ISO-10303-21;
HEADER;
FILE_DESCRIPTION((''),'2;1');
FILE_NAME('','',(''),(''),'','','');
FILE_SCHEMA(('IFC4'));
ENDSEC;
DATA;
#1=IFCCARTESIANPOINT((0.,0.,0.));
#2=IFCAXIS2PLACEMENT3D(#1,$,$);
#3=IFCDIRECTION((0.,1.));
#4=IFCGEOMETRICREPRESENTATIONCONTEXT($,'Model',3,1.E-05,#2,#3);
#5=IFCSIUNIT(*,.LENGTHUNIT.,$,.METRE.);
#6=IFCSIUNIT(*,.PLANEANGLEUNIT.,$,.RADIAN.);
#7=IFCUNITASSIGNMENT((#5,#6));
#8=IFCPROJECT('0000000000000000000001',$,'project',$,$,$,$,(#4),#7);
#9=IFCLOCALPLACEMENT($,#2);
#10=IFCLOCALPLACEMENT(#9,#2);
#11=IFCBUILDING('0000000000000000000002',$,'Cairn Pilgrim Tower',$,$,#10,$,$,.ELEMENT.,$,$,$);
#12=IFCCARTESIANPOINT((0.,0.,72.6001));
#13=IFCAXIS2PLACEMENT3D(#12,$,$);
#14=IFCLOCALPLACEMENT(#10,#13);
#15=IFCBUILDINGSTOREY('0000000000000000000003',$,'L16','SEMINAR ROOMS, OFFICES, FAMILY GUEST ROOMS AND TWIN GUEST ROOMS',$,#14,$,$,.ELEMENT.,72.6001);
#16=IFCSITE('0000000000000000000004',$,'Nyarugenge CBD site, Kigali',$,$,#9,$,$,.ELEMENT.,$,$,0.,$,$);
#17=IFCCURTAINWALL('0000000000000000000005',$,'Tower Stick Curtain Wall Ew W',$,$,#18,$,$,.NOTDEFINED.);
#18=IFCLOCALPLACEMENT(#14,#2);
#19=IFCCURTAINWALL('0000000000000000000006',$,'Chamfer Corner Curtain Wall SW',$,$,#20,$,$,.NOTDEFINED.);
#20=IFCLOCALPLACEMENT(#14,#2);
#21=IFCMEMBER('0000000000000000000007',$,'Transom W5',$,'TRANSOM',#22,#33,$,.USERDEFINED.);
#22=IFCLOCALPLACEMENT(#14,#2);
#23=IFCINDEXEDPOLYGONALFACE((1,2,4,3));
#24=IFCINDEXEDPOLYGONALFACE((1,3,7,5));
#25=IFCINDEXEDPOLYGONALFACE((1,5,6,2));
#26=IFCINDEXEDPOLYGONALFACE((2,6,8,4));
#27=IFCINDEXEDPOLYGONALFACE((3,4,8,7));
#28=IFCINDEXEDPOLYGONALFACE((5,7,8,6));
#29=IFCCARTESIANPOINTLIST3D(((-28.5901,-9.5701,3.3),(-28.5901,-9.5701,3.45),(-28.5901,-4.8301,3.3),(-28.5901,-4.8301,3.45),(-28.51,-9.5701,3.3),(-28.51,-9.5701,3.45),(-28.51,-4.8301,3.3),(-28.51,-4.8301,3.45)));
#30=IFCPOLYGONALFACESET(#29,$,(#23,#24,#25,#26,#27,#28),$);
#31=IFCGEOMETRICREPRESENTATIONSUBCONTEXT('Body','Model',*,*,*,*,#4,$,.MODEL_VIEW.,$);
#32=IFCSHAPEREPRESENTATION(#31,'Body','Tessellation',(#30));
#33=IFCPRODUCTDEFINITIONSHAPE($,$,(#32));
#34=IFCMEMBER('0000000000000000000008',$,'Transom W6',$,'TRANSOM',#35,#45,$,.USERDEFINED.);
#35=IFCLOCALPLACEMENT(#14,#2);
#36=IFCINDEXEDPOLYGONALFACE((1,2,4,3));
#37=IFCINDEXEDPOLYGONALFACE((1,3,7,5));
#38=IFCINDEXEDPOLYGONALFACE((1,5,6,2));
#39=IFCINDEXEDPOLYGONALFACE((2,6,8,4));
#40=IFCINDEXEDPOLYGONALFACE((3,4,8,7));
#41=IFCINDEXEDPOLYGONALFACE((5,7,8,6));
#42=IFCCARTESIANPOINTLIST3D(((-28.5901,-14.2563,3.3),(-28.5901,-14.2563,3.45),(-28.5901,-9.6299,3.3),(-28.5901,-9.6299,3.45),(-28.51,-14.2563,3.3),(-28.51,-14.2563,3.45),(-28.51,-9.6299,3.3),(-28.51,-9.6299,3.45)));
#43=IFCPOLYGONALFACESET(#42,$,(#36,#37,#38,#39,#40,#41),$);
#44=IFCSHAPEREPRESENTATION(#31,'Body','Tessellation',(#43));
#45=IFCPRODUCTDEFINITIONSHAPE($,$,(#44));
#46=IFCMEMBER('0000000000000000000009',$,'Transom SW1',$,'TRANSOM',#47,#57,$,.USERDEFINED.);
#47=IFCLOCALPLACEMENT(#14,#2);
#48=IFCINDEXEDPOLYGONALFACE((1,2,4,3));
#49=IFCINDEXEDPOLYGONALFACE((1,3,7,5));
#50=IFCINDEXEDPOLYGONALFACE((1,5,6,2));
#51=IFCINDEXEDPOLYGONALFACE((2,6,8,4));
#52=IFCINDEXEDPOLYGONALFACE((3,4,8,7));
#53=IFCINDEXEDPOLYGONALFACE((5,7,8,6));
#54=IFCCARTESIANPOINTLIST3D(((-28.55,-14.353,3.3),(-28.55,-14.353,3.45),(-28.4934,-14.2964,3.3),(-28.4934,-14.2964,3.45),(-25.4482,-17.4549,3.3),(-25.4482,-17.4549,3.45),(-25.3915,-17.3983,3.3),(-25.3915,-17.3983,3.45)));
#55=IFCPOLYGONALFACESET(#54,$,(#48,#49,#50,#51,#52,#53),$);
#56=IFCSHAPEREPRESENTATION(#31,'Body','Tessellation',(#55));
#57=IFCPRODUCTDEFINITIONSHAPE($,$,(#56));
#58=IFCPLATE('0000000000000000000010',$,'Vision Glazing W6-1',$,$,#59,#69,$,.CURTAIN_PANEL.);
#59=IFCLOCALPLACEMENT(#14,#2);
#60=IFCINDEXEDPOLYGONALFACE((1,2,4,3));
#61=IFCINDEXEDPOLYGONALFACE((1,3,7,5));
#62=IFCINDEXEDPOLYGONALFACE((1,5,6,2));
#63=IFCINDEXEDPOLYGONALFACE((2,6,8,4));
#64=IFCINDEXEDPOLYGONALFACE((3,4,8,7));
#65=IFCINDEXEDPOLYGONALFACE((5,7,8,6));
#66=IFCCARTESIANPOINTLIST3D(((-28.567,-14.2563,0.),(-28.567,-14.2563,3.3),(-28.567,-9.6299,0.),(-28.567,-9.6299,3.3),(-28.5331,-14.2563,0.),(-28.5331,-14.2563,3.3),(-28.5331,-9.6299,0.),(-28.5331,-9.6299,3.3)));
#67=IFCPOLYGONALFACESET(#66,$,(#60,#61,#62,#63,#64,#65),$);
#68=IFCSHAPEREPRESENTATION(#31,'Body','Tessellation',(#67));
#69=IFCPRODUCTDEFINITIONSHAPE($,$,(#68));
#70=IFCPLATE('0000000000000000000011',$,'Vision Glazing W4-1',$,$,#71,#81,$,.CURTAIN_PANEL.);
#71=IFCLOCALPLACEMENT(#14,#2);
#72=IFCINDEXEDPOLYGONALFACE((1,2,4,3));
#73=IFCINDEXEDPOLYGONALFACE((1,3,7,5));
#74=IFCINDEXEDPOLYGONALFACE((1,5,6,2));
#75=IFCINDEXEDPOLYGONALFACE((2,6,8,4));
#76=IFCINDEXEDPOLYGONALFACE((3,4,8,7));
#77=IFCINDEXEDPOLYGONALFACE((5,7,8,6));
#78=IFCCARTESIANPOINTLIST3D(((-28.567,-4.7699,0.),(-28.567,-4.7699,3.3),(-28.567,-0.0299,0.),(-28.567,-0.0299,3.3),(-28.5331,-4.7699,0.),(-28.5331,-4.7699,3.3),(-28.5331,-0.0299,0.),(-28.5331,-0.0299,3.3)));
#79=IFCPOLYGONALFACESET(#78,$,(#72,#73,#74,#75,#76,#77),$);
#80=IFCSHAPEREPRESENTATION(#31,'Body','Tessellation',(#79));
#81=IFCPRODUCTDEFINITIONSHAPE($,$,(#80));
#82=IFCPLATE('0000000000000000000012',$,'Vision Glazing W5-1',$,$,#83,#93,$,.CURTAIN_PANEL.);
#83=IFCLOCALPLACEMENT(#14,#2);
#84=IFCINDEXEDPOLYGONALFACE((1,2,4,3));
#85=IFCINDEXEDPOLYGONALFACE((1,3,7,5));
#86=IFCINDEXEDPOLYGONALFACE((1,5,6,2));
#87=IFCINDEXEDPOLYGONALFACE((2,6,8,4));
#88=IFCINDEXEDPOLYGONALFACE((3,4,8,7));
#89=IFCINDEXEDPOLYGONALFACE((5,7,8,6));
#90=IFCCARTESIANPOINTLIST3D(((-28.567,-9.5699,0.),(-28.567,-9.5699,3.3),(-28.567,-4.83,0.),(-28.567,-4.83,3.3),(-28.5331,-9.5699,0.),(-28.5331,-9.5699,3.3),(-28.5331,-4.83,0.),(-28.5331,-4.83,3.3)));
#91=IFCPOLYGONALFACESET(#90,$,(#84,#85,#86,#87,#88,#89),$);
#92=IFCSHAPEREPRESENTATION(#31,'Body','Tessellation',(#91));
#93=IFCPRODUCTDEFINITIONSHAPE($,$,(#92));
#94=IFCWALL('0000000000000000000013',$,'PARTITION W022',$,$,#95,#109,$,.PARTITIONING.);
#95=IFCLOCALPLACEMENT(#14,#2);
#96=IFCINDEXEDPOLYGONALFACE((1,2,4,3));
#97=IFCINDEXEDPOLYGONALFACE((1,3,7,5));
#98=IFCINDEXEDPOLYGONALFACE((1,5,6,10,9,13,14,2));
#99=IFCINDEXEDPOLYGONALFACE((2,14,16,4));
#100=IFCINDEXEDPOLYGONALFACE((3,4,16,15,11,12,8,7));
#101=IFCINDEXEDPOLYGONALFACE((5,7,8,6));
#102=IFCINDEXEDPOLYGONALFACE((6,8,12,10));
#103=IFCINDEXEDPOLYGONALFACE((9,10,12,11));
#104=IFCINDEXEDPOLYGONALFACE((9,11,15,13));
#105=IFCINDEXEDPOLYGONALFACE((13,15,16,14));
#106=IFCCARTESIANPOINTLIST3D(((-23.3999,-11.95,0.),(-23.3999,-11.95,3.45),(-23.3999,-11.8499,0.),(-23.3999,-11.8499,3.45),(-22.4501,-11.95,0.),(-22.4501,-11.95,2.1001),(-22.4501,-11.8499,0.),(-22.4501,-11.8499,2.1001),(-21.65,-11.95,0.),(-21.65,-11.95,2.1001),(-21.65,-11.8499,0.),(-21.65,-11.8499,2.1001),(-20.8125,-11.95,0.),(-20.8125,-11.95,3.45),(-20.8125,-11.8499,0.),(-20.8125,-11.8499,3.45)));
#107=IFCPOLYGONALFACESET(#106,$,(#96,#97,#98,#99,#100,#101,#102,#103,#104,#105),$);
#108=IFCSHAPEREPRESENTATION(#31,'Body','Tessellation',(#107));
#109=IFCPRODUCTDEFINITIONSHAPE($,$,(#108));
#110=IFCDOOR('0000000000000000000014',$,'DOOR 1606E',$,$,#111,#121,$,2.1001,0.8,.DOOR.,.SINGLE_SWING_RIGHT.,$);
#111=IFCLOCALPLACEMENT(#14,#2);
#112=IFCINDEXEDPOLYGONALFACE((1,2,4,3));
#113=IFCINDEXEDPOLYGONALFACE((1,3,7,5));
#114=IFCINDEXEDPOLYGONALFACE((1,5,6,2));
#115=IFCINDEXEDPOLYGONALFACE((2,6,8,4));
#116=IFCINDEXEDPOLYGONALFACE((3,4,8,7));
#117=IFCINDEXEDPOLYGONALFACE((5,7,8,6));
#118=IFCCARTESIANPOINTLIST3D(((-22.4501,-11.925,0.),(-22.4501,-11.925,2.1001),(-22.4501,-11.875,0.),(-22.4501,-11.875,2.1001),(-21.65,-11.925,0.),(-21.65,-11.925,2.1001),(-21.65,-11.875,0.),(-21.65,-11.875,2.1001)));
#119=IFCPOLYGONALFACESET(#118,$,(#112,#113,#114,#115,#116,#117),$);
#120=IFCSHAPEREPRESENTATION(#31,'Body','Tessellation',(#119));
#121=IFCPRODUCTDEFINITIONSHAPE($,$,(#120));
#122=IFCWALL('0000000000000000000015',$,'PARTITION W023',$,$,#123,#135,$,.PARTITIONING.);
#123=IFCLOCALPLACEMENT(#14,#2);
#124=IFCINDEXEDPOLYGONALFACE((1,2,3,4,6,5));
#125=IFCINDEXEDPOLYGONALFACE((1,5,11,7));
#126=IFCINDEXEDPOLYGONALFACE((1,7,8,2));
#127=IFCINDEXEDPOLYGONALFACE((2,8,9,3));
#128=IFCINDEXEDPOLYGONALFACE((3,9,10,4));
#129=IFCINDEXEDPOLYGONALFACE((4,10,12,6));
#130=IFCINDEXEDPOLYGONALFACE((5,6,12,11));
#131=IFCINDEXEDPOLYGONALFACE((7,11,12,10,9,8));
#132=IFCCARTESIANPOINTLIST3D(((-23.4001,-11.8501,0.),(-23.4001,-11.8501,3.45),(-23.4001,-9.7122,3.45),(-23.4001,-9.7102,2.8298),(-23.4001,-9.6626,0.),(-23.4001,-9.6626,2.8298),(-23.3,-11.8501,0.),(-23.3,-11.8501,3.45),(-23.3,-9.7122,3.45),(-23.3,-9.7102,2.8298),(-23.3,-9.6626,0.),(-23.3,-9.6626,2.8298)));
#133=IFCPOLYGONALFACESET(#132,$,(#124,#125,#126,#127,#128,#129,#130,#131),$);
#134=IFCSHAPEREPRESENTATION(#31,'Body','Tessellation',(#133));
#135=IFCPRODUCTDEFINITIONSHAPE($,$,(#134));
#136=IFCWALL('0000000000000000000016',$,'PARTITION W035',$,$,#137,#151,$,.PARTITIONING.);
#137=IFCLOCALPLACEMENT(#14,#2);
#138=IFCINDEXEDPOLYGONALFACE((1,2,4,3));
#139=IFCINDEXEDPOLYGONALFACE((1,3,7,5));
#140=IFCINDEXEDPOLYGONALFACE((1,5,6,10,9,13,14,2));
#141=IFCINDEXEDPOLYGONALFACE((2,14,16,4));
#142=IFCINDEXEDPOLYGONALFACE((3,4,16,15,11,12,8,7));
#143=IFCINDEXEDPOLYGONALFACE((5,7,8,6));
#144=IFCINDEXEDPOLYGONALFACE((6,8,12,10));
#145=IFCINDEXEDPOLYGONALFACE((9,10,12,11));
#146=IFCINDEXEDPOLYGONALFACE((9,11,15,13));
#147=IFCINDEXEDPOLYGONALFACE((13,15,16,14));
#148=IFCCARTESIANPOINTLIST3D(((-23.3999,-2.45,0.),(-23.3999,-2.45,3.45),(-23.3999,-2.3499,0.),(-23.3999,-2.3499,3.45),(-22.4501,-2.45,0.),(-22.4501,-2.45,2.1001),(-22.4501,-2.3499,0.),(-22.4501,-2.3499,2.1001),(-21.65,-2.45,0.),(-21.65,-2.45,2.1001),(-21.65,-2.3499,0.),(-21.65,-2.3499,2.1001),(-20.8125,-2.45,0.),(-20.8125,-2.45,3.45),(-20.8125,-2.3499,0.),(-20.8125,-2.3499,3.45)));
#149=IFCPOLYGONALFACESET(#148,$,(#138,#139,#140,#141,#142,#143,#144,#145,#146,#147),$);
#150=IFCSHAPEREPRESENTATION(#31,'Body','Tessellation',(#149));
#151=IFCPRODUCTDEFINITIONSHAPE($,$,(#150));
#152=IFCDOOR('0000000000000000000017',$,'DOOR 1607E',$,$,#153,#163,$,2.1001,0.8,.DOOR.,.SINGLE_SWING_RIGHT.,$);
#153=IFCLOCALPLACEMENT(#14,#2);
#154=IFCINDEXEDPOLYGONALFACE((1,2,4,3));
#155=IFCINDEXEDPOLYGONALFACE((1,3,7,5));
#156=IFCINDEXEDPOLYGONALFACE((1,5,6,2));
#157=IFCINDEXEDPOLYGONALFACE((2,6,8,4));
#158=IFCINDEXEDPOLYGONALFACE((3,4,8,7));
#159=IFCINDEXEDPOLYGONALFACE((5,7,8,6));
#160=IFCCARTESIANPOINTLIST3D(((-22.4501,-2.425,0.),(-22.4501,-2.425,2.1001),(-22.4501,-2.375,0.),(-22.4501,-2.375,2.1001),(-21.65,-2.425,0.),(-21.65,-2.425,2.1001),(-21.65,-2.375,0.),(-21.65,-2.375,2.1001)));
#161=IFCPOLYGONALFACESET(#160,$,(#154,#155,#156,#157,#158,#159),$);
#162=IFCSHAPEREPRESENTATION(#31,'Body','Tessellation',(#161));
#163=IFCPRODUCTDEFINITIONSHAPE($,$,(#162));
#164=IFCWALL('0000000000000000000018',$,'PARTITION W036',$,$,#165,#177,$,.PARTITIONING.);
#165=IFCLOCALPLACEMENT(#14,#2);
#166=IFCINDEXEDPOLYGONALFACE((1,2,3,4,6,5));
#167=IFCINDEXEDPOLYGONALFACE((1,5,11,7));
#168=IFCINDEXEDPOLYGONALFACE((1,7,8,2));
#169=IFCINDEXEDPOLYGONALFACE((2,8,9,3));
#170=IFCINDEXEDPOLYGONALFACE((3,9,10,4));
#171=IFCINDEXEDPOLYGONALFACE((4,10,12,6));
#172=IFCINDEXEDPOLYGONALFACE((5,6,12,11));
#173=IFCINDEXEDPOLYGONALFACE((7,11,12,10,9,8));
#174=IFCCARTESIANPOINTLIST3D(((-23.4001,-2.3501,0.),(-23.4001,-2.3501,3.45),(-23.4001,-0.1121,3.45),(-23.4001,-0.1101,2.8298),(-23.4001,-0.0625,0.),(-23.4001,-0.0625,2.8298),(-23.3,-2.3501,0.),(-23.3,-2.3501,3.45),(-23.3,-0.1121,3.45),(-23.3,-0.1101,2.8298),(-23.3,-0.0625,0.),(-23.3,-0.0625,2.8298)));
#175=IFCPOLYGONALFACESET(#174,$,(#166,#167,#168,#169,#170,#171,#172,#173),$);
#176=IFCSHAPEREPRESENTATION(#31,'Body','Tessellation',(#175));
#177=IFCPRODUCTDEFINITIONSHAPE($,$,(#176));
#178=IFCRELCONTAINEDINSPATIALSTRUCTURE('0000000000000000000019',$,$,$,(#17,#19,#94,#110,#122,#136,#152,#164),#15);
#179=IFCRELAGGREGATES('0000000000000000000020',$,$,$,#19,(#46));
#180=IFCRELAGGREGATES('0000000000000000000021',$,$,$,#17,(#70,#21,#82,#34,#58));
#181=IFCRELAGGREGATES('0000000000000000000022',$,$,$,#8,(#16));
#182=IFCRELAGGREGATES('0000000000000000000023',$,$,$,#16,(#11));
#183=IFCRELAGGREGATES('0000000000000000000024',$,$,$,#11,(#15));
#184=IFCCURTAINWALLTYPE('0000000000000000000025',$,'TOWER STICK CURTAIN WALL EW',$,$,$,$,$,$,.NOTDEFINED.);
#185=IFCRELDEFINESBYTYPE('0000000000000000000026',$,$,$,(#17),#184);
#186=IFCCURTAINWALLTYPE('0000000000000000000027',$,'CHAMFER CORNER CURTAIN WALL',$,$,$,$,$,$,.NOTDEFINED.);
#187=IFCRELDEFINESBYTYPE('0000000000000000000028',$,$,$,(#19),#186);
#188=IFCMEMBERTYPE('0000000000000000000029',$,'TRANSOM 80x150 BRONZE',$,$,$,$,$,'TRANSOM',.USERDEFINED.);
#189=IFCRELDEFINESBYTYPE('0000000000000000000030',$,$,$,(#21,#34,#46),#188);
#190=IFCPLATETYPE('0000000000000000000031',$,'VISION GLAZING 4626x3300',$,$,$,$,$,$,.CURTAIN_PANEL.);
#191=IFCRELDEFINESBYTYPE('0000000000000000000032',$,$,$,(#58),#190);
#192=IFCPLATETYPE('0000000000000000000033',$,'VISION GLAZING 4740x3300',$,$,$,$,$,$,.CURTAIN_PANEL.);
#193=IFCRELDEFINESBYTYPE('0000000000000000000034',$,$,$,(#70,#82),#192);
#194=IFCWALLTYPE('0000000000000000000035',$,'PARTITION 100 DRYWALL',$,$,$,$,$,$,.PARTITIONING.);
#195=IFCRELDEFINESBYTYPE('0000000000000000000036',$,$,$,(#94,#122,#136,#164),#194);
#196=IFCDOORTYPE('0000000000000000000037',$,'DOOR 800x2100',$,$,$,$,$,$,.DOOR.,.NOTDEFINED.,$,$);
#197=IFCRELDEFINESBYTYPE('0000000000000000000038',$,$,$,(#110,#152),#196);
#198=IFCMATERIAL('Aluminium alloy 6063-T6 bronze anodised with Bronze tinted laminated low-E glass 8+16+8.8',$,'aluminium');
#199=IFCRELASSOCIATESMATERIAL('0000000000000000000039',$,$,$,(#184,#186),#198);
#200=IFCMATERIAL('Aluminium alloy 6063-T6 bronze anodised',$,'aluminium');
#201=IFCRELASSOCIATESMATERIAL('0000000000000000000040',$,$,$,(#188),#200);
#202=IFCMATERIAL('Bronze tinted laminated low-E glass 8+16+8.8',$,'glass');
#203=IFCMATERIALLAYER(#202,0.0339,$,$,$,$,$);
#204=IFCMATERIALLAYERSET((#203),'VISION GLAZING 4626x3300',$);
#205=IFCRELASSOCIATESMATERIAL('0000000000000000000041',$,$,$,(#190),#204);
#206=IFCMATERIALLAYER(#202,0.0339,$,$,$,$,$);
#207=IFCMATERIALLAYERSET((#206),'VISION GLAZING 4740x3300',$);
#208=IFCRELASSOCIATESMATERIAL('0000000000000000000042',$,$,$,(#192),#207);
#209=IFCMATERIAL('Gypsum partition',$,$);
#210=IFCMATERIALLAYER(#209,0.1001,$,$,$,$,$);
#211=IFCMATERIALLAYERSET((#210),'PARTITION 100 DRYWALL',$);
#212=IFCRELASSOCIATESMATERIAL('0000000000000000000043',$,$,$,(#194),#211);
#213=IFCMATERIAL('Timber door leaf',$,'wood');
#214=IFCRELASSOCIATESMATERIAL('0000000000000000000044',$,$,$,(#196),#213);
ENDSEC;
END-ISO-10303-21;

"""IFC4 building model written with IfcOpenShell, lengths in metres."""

from ifc_helpers import new_model, si_unit, direction, frame, frame_2d, origin, origin_2d, place, context, subcontext, project, spatial, polyline, rectangle, outline, extrude, material, layer, layer_set, material_profile, profile_set, type_object, element, fill, aggregate, save


model = new_model("IFC4")

# Units and contexts
model_context = context("Model", 3, precision=1e-05, world=origin(), true_north=direction((0.0, 1.0)))
body_context = subcontext(model_context, "Body", "Model", "MODEL_VIEW")
ifc_project = project(units=[si_unit("LENGTHUNIT", "METRE"), si_unit("PLANEANGLEUNIT", "RADIAN")], contexts=[model_context])

# Site, building, storey
site_placement = place(None, origin())
site = spatial("IfcSite", under=ifc_project, at=site_placement, Name="Nyarugenge CBD site, Kigali", CompositionType="ELEMENT", RefElevation=0.0)
building_placement = place(site_placement, origin())
building = spatial("IfcBuilding", under=site, at=building_placement, Name="Cairn Pilgrim Tower", CompositionType="ELEMENT")
storey_placement = place(building_placement, frame((0.0, 0.0, 72.6001)))
storey = spatial("IfcBuildingStorey", under=building, at=storey_placement, Name="L16", Description="SEMINAR ROOMS, OFFICES, FAMILY GUEST ROOMS AND TWIN GUEST ROOMS", CompositionType="ELEMENT", Elevation=72.6001)

# Curtain wall
ifc_material_1 = material(Name="Aluminium alloy 6063-T6 bronze anodised with Bronze tinted laminated low-E glass 8+16+8.8", Category="aluminium")
curtain_wall_type_1 = type_object("IfcCurtainWallType", Name="TOWER STICK CURTAIN WALL EW", PredefinedType="NOTDEFINED", material=ifc_material_1)
curtain_wall_1_placement = place(storey_placement, origin())
curtain_wall_1 = element("IfcCurtainWall", 1, at=curtain_wall_1_placement, inside=storey, type_object=curtain_wall_type_1, Name="Tower Stick Curtain Wall Ew W", PredefinedType="NOTDEFINED")
ifc_material_2 = material(Name="Aluminium alloy 6063-T6 bronze anodised", Category="aluminium")

# Curtain wall
curtain_wall_type_2 = type_object("IfcCurtainWallType", Name="CHAMFER CORNER CURTAIN WALL", PredefinedType="NOTDEFINED", material=ifc_material_1)
curtain_wall_2_placement = place(storey_placement, origin())
curtain_wall_2 = element("IfcCurtainWall", 2, at=curtain_wall_2_placement, inside=storey, type_object=curtain_wall_type_2, Name="Chamfer Corner Curtain Wall SW", PredefinedType="NOTDEFINED")

# Members
ifc_material_profile_1 = material_profile(ifc_material_2, rectangle(XDim=0.0801, YDim=0.1499, at=origin_2d()), Name="TRANSOM 80x150 BRONZE")
ifc_profile_set_1 = profile_set([ifc_material_profile_1], Name="Aluminium alloy 6063-T6 bronze anodised")
member_type_1 = type_object("IfcMemberType", Name="TRANSOM 80x150 BRONZE", ElementType="TRANSOM", PredefinedType="USERDEFINED", material=ifc_profile_set_1)
member_1_placement = place(storey_placement, frame((-28.55, -4.8301, 3.375), z_axis=(0.0, -1.0, 0.0), x_axis=(1.0, 0.0, 0.0)))
member_1 = element("IfcMember", 3, at=member_1_placement, type_object=member_type_1, Name="Transom W5", ObjectType="TRANSOM", PredefinedType="USERDEFINED", context=body_context, shape_type="SweptSolid", body=[
    extrude(rectangle(XDim=0.0801, YDim=0.1499, at=origin_2d()), origin(), (0.0, 0.0, 1.0), 4.74),
])
member_2_placement = place(storey_placement, frame((-28.55, -9.6299, 3.375), z_axis=(0.0, -1.0, 0.0), x_axis=(1.0, 0.0, 0.0)))
member_2 = element("IfcMember", 4, at=member_2_placement, type_object=member_type_1, Name="Transom W6", ObjectType="TRANSOM", PredefinedType="USERDEFINED", context=body_context, shape_type="SweptSolid", body=[
    extrude(rectangle(XDim=0.0801, YDim=0.1499, at=origin_2d()), origin(), (0.0, 0.0, 1.0), 4.6265),
])
member_3_placement = place(storey_placement, frame((-28.5217, -14.3247, 3.375), z_axis=(0.707107, -0.707107, 0.0), x_axis=(0.707107, 0.707107, 0.0)))
member_3 = element("IfcMember", 5, at=member_3_placement, type_object=member_type_1, Name="Transom SW1", ObjectType="TRANSOM", PredefinedType="USERDEFINED", context=body_context, shape_type="SweptSolid", body=[
    extrude(rectangle(XDim=0.0801, YDim=0.1499, at=origin_2d()), origin(), (0.0, 0.0, 1.0), 4.3867),
])
aggregate(curtain_wall_2, [member_3])

# Plates
ifc_material_3 = material(Name="Bronze tinted laminated low-E glass 8+16+8.8", Category="glass")
ifc_layer_1 = layer(ifc_material_3, 0.0339)
ifc_layer_set_1 = layer_set([ifc_layer_1], Name="VISION GLAZING 4626x3300")
plate_type_1 = type_object("IfcPlateType", Name="VISION GLAZING 4626x3300", PredefinedType="CURTAIN_PANEL", material=ifc_layer_set_1)
plate_1_placement = place(storey_placement, frame((-28.55, -11.9431, 0.0), z_axis=(0.0, 0.0, 1.0), x_axis=(0.0, -1.0, 0.0)))
plate_1 = element("IfcPlate", 6, at=plate_1_placement, type_object=plate_type_1, Name="Vision Glazing W6-1", PredefinedType="CURTAIN_PANEL", context=body_context, shape_type="SweptSolid", body=[
    extrude(rectangle(XDim=4.6265, YDim=0.0339, at=origin_2d()), origin(), (0.0, 0.0, 1.0), 3.3),
])
ifc_layer_2 = layer(ifc_material_3, 0.0339)
ifc_layer_set_2 = layer_set([ifc_layer_2], Name="VISION GLAZING 4740x3300")
plate_type_2 = type_object("IfcPlateType", Name="VISION GLAZING 4740x3300", PredefinedType="CURTAIN_PANEL", material=ifc_layer_set_2)
plate_2_placement = place(storey_placement, frame((-28.55, -2.3999, 0.0), z_axis=(0.0, 0.0, 1.0), x_axis=(0.0, -1.0, 0.0)))
plate_2 = element("IfcPlate", 7, at=plate_2_placement, type_object=plate_type_2, Name="Vision Glazing W4-1", PredefinedType="CURTAIN_PANEL", context=body_context, shape_type="SweptSolid", body=[
    extrude(rectangle(XDim=4.74, YDim=0.0339, at=origin_2d()), origin(), (0.0, 0.0, 1.0), 3.3),
])
plate_3_placement = place(storey_placement, frame((-28.55, -7.2, 0.0), z_axis=(0.0, 0.0, 1.0), x_axis=(0.0, -1.0, 0.0)))
plate_3 = element("IfcPlate", 8, at=plate_3_placement, type_object=plate_type_2, Name="Vision Glazing W5-1", PredefinedType="CURTAIN_PANEL", context=body_context, shape_type="SweptSolid", body=[
    extrude(rectangle(XDim=4.74, YDim=0.0339, at=origin_2d()), origin(), (0.0, 0.0, 1.0), 3.3),
])
aggregate(curtain_wall_1, [plate_2, member_1, plate_3, member_2, plate_1])

# Wall, opening, door
ifc_material_4 = material(Name="Gypsum partition")
ifc_layer_3 = layer(ifc_material_4, 0.1001)
ifc_layer_set_3 = layer_set([ifc_layer_3], Name="PARTITION 100 DRYWALL")
wall_type_1 = type_object("IfcWallType", Name="PARTITION 100 DRYWALL", PredefinedType="PARTITIONING", material=ifc_layer_set_3)
wall_1_placement = place(storey_placement, frame((-23.3999, -11.8999, 0.0), z_axis=(0.0, 0.0, 1.0), x_axis=(1.0, 0.0, 0.0)))
wall_1 = element("IfcWall", 9, at=wall_1_placement, inside=storey, type_object=wall_type_1, Name="PARTITION W022", PredefinedType="PARTITIONING", context=body_context, shape_type="SweptSolid", body=[
    extrude(rectangle(XDim=2.5874, YDim=0.1001, at=frame_2d((1.2937, 0.0))), origin(), (0.0, 0.0, 1.0), 3.45),
])
opening_1_placement = place(wall_1_placement, frame((0.95, 0.0, 0.0)))
opening_1 = element("IfcOpeningElement", 10, at=opening_1_placement, cuts=wall_1, PredefinedType="OPENING", context=body_context, shape_type="SweptSolid", body=[
    extrude(rectangle(XDim=0.8, YDim=2.1001, at=frame_2d((0.3999, 1.05))), frame((0.0, 0.0601, 0.0), z_axis=(0.0, -1.0, 0.0), x_axis=(1.0, 0.0, 0.0)), (0.0, 0.0, 1.0), 0.1201),
])
ifc_material_5 = material(Name="Timber door leaf", Category="wood")
door_type = type_object("IfcDoorType", Name="DOOR 800x2100", OperationType="NOTDEFINED", PredefinedType="DOOR", material=ifc_material_5)
door_1_placement = place(opening_1_placement, origin())
door_1 = element("IfcDoor", 11, at=door_1_placement, inside=storey, type_object=door_type, Name="DOOR 1606E", OperationType="SINGLE_SWING_RIGHT", OverallHeight=2.1001, OverallWidth=0.8, PredefinedType="DOOR", context=body_context, shape_type="SweptSolid", body=[
    extrude(rectangle(XDim=0.8, YDim=2.1001, at=frame_2d((0.3999, 1.05))), frame((0.0, 0.0249, 0.0), z_axis=(0.0, -1.0, 0.0), x_axis=(1.0, 0.0, 0.0)), (0.0, 0.0, 1.0), 0.05),
])
fill(opening_1, door_1)

# Wall
wall_2_placement = place(storey_placement, frame((-23.3501, -11.8501, 0.0), z_axis=(0.0, 0.0, 1.0), x_axis=(0.0, 1.0, 0.0)))
element("IfcWall", 12, at=wall_2_placement, inside=storey, type_object=wall_type_1, Name="PARTITION W023", PredefinedType="PARTITIONING", context=body_context, shape_type="SweptSolid", body=[
    extrude(outline(polyline([(0.0, 0.0), (2.1875, 0.0), (2.1875, 2.8298), (2.1399, 2.8298), (2.1379, 3.45), (0.0, 3.45), (0.0, 0.0)])), frame((0.0, 0.05, 0.0), z_axis=(0.0, -1.0, 0.0), x_axis=(1.0, 0.0, 0.0)), (0.0, 0.0, 1.0), 0.1001),
])

# Wall, opening, door
wall_3_placement = place(storey_placement, frame((-23.3999, -2.3999, 0.0), z_axis=(0.0, 0.0, 1.0), x_axis=(1.0, 0.0, 0.0)))
wall_3 = element("IfcWall", 13, at=wall_3_placement, inside=storey, type_object=wall_type_1, Name="PARTITION W035", PredefinedType="PARTITIONING", context=body_context, shape_type="SweptSolid", body=[
    extrude(rectangle(XDim=2.5874, YDim=0.1001, at=frame_2d((1.2937, 0.0))), origin(), (0.0, 0.0, 1.0), 3.45),
])
opening_2_placement = place(wall_3_placement, frame((0.95, 0.0, 0.0)))
opening_2 = element("IfcOpeningElement", 14, at=opening_2_placement, cuts=wall_3, PredefinedType="OPENING", context=body_context, shape_type="SweptSolid", body=[
    extrude(rectangle(XDim=0.8, YDim=2.1001, at=frame_2d((0.3999, 1.05))), frame((0.0, 0.0601, 0.0), z_axis=(0.0, -1.0, 0.0), x_axis=(1.0, 0.0, 0.0)), (0.0, 0.0, 1.0), 0.1201),
])
door_2_placement = place(opening_2_placement, origin())
door_2 = element("IfcDoor", 15, at=door_2_placement, inside=storey, type_object=door_type, Name="DOOR 1607E", OperationType="SINGLE_SWING_RIGHT", OverallHeight=2.1001, OverallWidth=0.8, PredefinedType="DOOR", context=body_context, shape_type="SweptSolid", body=[
    extrude(rectangle(XDim=0.8, YDim=2.1001, at=frame_2d((0.3999, 1.05))), frame((0.0, 0.0249, 0.0), z_axis=(0.0, -1.0, 0.0), x_axis=(1.0, 0.0, 0.0)), (0.0, 0.0, 1.0), 0.05),
])
fill(opening_2, door_2)

# Wall
wall_4_placement = place(storey_placement, frame((-23.3501, -2.3501, 0.0), z_axis=(0.0, 0.0, 1.0), x_axis=(0.0, 1.0, 0.0)))
element("IfcWall", 16, at=wall_4_placement, inside=storey, type_object=wall_type_1, Name="PARTITION W036", PredefinedType="PARTITIONING", context=body_context, shape_type="SweptSolid", body=[
    extrude(outline(polyline([(0.0, 0.0), (2.2876, 0.0), (2.2876, 2.8298), (2.24, 2.8298), (2.238, 3.45), (0.0, 3.45), (0.0, 0.0)])), frame((0.0, 0.05, 0.0), z_axis=(0.0, -1.0, 0.0), x_axis=(1.0, 0.0, 0.0)), (0.0, 0.0, 1.0), 0.1001),
])

save(model, "model.ifc")
